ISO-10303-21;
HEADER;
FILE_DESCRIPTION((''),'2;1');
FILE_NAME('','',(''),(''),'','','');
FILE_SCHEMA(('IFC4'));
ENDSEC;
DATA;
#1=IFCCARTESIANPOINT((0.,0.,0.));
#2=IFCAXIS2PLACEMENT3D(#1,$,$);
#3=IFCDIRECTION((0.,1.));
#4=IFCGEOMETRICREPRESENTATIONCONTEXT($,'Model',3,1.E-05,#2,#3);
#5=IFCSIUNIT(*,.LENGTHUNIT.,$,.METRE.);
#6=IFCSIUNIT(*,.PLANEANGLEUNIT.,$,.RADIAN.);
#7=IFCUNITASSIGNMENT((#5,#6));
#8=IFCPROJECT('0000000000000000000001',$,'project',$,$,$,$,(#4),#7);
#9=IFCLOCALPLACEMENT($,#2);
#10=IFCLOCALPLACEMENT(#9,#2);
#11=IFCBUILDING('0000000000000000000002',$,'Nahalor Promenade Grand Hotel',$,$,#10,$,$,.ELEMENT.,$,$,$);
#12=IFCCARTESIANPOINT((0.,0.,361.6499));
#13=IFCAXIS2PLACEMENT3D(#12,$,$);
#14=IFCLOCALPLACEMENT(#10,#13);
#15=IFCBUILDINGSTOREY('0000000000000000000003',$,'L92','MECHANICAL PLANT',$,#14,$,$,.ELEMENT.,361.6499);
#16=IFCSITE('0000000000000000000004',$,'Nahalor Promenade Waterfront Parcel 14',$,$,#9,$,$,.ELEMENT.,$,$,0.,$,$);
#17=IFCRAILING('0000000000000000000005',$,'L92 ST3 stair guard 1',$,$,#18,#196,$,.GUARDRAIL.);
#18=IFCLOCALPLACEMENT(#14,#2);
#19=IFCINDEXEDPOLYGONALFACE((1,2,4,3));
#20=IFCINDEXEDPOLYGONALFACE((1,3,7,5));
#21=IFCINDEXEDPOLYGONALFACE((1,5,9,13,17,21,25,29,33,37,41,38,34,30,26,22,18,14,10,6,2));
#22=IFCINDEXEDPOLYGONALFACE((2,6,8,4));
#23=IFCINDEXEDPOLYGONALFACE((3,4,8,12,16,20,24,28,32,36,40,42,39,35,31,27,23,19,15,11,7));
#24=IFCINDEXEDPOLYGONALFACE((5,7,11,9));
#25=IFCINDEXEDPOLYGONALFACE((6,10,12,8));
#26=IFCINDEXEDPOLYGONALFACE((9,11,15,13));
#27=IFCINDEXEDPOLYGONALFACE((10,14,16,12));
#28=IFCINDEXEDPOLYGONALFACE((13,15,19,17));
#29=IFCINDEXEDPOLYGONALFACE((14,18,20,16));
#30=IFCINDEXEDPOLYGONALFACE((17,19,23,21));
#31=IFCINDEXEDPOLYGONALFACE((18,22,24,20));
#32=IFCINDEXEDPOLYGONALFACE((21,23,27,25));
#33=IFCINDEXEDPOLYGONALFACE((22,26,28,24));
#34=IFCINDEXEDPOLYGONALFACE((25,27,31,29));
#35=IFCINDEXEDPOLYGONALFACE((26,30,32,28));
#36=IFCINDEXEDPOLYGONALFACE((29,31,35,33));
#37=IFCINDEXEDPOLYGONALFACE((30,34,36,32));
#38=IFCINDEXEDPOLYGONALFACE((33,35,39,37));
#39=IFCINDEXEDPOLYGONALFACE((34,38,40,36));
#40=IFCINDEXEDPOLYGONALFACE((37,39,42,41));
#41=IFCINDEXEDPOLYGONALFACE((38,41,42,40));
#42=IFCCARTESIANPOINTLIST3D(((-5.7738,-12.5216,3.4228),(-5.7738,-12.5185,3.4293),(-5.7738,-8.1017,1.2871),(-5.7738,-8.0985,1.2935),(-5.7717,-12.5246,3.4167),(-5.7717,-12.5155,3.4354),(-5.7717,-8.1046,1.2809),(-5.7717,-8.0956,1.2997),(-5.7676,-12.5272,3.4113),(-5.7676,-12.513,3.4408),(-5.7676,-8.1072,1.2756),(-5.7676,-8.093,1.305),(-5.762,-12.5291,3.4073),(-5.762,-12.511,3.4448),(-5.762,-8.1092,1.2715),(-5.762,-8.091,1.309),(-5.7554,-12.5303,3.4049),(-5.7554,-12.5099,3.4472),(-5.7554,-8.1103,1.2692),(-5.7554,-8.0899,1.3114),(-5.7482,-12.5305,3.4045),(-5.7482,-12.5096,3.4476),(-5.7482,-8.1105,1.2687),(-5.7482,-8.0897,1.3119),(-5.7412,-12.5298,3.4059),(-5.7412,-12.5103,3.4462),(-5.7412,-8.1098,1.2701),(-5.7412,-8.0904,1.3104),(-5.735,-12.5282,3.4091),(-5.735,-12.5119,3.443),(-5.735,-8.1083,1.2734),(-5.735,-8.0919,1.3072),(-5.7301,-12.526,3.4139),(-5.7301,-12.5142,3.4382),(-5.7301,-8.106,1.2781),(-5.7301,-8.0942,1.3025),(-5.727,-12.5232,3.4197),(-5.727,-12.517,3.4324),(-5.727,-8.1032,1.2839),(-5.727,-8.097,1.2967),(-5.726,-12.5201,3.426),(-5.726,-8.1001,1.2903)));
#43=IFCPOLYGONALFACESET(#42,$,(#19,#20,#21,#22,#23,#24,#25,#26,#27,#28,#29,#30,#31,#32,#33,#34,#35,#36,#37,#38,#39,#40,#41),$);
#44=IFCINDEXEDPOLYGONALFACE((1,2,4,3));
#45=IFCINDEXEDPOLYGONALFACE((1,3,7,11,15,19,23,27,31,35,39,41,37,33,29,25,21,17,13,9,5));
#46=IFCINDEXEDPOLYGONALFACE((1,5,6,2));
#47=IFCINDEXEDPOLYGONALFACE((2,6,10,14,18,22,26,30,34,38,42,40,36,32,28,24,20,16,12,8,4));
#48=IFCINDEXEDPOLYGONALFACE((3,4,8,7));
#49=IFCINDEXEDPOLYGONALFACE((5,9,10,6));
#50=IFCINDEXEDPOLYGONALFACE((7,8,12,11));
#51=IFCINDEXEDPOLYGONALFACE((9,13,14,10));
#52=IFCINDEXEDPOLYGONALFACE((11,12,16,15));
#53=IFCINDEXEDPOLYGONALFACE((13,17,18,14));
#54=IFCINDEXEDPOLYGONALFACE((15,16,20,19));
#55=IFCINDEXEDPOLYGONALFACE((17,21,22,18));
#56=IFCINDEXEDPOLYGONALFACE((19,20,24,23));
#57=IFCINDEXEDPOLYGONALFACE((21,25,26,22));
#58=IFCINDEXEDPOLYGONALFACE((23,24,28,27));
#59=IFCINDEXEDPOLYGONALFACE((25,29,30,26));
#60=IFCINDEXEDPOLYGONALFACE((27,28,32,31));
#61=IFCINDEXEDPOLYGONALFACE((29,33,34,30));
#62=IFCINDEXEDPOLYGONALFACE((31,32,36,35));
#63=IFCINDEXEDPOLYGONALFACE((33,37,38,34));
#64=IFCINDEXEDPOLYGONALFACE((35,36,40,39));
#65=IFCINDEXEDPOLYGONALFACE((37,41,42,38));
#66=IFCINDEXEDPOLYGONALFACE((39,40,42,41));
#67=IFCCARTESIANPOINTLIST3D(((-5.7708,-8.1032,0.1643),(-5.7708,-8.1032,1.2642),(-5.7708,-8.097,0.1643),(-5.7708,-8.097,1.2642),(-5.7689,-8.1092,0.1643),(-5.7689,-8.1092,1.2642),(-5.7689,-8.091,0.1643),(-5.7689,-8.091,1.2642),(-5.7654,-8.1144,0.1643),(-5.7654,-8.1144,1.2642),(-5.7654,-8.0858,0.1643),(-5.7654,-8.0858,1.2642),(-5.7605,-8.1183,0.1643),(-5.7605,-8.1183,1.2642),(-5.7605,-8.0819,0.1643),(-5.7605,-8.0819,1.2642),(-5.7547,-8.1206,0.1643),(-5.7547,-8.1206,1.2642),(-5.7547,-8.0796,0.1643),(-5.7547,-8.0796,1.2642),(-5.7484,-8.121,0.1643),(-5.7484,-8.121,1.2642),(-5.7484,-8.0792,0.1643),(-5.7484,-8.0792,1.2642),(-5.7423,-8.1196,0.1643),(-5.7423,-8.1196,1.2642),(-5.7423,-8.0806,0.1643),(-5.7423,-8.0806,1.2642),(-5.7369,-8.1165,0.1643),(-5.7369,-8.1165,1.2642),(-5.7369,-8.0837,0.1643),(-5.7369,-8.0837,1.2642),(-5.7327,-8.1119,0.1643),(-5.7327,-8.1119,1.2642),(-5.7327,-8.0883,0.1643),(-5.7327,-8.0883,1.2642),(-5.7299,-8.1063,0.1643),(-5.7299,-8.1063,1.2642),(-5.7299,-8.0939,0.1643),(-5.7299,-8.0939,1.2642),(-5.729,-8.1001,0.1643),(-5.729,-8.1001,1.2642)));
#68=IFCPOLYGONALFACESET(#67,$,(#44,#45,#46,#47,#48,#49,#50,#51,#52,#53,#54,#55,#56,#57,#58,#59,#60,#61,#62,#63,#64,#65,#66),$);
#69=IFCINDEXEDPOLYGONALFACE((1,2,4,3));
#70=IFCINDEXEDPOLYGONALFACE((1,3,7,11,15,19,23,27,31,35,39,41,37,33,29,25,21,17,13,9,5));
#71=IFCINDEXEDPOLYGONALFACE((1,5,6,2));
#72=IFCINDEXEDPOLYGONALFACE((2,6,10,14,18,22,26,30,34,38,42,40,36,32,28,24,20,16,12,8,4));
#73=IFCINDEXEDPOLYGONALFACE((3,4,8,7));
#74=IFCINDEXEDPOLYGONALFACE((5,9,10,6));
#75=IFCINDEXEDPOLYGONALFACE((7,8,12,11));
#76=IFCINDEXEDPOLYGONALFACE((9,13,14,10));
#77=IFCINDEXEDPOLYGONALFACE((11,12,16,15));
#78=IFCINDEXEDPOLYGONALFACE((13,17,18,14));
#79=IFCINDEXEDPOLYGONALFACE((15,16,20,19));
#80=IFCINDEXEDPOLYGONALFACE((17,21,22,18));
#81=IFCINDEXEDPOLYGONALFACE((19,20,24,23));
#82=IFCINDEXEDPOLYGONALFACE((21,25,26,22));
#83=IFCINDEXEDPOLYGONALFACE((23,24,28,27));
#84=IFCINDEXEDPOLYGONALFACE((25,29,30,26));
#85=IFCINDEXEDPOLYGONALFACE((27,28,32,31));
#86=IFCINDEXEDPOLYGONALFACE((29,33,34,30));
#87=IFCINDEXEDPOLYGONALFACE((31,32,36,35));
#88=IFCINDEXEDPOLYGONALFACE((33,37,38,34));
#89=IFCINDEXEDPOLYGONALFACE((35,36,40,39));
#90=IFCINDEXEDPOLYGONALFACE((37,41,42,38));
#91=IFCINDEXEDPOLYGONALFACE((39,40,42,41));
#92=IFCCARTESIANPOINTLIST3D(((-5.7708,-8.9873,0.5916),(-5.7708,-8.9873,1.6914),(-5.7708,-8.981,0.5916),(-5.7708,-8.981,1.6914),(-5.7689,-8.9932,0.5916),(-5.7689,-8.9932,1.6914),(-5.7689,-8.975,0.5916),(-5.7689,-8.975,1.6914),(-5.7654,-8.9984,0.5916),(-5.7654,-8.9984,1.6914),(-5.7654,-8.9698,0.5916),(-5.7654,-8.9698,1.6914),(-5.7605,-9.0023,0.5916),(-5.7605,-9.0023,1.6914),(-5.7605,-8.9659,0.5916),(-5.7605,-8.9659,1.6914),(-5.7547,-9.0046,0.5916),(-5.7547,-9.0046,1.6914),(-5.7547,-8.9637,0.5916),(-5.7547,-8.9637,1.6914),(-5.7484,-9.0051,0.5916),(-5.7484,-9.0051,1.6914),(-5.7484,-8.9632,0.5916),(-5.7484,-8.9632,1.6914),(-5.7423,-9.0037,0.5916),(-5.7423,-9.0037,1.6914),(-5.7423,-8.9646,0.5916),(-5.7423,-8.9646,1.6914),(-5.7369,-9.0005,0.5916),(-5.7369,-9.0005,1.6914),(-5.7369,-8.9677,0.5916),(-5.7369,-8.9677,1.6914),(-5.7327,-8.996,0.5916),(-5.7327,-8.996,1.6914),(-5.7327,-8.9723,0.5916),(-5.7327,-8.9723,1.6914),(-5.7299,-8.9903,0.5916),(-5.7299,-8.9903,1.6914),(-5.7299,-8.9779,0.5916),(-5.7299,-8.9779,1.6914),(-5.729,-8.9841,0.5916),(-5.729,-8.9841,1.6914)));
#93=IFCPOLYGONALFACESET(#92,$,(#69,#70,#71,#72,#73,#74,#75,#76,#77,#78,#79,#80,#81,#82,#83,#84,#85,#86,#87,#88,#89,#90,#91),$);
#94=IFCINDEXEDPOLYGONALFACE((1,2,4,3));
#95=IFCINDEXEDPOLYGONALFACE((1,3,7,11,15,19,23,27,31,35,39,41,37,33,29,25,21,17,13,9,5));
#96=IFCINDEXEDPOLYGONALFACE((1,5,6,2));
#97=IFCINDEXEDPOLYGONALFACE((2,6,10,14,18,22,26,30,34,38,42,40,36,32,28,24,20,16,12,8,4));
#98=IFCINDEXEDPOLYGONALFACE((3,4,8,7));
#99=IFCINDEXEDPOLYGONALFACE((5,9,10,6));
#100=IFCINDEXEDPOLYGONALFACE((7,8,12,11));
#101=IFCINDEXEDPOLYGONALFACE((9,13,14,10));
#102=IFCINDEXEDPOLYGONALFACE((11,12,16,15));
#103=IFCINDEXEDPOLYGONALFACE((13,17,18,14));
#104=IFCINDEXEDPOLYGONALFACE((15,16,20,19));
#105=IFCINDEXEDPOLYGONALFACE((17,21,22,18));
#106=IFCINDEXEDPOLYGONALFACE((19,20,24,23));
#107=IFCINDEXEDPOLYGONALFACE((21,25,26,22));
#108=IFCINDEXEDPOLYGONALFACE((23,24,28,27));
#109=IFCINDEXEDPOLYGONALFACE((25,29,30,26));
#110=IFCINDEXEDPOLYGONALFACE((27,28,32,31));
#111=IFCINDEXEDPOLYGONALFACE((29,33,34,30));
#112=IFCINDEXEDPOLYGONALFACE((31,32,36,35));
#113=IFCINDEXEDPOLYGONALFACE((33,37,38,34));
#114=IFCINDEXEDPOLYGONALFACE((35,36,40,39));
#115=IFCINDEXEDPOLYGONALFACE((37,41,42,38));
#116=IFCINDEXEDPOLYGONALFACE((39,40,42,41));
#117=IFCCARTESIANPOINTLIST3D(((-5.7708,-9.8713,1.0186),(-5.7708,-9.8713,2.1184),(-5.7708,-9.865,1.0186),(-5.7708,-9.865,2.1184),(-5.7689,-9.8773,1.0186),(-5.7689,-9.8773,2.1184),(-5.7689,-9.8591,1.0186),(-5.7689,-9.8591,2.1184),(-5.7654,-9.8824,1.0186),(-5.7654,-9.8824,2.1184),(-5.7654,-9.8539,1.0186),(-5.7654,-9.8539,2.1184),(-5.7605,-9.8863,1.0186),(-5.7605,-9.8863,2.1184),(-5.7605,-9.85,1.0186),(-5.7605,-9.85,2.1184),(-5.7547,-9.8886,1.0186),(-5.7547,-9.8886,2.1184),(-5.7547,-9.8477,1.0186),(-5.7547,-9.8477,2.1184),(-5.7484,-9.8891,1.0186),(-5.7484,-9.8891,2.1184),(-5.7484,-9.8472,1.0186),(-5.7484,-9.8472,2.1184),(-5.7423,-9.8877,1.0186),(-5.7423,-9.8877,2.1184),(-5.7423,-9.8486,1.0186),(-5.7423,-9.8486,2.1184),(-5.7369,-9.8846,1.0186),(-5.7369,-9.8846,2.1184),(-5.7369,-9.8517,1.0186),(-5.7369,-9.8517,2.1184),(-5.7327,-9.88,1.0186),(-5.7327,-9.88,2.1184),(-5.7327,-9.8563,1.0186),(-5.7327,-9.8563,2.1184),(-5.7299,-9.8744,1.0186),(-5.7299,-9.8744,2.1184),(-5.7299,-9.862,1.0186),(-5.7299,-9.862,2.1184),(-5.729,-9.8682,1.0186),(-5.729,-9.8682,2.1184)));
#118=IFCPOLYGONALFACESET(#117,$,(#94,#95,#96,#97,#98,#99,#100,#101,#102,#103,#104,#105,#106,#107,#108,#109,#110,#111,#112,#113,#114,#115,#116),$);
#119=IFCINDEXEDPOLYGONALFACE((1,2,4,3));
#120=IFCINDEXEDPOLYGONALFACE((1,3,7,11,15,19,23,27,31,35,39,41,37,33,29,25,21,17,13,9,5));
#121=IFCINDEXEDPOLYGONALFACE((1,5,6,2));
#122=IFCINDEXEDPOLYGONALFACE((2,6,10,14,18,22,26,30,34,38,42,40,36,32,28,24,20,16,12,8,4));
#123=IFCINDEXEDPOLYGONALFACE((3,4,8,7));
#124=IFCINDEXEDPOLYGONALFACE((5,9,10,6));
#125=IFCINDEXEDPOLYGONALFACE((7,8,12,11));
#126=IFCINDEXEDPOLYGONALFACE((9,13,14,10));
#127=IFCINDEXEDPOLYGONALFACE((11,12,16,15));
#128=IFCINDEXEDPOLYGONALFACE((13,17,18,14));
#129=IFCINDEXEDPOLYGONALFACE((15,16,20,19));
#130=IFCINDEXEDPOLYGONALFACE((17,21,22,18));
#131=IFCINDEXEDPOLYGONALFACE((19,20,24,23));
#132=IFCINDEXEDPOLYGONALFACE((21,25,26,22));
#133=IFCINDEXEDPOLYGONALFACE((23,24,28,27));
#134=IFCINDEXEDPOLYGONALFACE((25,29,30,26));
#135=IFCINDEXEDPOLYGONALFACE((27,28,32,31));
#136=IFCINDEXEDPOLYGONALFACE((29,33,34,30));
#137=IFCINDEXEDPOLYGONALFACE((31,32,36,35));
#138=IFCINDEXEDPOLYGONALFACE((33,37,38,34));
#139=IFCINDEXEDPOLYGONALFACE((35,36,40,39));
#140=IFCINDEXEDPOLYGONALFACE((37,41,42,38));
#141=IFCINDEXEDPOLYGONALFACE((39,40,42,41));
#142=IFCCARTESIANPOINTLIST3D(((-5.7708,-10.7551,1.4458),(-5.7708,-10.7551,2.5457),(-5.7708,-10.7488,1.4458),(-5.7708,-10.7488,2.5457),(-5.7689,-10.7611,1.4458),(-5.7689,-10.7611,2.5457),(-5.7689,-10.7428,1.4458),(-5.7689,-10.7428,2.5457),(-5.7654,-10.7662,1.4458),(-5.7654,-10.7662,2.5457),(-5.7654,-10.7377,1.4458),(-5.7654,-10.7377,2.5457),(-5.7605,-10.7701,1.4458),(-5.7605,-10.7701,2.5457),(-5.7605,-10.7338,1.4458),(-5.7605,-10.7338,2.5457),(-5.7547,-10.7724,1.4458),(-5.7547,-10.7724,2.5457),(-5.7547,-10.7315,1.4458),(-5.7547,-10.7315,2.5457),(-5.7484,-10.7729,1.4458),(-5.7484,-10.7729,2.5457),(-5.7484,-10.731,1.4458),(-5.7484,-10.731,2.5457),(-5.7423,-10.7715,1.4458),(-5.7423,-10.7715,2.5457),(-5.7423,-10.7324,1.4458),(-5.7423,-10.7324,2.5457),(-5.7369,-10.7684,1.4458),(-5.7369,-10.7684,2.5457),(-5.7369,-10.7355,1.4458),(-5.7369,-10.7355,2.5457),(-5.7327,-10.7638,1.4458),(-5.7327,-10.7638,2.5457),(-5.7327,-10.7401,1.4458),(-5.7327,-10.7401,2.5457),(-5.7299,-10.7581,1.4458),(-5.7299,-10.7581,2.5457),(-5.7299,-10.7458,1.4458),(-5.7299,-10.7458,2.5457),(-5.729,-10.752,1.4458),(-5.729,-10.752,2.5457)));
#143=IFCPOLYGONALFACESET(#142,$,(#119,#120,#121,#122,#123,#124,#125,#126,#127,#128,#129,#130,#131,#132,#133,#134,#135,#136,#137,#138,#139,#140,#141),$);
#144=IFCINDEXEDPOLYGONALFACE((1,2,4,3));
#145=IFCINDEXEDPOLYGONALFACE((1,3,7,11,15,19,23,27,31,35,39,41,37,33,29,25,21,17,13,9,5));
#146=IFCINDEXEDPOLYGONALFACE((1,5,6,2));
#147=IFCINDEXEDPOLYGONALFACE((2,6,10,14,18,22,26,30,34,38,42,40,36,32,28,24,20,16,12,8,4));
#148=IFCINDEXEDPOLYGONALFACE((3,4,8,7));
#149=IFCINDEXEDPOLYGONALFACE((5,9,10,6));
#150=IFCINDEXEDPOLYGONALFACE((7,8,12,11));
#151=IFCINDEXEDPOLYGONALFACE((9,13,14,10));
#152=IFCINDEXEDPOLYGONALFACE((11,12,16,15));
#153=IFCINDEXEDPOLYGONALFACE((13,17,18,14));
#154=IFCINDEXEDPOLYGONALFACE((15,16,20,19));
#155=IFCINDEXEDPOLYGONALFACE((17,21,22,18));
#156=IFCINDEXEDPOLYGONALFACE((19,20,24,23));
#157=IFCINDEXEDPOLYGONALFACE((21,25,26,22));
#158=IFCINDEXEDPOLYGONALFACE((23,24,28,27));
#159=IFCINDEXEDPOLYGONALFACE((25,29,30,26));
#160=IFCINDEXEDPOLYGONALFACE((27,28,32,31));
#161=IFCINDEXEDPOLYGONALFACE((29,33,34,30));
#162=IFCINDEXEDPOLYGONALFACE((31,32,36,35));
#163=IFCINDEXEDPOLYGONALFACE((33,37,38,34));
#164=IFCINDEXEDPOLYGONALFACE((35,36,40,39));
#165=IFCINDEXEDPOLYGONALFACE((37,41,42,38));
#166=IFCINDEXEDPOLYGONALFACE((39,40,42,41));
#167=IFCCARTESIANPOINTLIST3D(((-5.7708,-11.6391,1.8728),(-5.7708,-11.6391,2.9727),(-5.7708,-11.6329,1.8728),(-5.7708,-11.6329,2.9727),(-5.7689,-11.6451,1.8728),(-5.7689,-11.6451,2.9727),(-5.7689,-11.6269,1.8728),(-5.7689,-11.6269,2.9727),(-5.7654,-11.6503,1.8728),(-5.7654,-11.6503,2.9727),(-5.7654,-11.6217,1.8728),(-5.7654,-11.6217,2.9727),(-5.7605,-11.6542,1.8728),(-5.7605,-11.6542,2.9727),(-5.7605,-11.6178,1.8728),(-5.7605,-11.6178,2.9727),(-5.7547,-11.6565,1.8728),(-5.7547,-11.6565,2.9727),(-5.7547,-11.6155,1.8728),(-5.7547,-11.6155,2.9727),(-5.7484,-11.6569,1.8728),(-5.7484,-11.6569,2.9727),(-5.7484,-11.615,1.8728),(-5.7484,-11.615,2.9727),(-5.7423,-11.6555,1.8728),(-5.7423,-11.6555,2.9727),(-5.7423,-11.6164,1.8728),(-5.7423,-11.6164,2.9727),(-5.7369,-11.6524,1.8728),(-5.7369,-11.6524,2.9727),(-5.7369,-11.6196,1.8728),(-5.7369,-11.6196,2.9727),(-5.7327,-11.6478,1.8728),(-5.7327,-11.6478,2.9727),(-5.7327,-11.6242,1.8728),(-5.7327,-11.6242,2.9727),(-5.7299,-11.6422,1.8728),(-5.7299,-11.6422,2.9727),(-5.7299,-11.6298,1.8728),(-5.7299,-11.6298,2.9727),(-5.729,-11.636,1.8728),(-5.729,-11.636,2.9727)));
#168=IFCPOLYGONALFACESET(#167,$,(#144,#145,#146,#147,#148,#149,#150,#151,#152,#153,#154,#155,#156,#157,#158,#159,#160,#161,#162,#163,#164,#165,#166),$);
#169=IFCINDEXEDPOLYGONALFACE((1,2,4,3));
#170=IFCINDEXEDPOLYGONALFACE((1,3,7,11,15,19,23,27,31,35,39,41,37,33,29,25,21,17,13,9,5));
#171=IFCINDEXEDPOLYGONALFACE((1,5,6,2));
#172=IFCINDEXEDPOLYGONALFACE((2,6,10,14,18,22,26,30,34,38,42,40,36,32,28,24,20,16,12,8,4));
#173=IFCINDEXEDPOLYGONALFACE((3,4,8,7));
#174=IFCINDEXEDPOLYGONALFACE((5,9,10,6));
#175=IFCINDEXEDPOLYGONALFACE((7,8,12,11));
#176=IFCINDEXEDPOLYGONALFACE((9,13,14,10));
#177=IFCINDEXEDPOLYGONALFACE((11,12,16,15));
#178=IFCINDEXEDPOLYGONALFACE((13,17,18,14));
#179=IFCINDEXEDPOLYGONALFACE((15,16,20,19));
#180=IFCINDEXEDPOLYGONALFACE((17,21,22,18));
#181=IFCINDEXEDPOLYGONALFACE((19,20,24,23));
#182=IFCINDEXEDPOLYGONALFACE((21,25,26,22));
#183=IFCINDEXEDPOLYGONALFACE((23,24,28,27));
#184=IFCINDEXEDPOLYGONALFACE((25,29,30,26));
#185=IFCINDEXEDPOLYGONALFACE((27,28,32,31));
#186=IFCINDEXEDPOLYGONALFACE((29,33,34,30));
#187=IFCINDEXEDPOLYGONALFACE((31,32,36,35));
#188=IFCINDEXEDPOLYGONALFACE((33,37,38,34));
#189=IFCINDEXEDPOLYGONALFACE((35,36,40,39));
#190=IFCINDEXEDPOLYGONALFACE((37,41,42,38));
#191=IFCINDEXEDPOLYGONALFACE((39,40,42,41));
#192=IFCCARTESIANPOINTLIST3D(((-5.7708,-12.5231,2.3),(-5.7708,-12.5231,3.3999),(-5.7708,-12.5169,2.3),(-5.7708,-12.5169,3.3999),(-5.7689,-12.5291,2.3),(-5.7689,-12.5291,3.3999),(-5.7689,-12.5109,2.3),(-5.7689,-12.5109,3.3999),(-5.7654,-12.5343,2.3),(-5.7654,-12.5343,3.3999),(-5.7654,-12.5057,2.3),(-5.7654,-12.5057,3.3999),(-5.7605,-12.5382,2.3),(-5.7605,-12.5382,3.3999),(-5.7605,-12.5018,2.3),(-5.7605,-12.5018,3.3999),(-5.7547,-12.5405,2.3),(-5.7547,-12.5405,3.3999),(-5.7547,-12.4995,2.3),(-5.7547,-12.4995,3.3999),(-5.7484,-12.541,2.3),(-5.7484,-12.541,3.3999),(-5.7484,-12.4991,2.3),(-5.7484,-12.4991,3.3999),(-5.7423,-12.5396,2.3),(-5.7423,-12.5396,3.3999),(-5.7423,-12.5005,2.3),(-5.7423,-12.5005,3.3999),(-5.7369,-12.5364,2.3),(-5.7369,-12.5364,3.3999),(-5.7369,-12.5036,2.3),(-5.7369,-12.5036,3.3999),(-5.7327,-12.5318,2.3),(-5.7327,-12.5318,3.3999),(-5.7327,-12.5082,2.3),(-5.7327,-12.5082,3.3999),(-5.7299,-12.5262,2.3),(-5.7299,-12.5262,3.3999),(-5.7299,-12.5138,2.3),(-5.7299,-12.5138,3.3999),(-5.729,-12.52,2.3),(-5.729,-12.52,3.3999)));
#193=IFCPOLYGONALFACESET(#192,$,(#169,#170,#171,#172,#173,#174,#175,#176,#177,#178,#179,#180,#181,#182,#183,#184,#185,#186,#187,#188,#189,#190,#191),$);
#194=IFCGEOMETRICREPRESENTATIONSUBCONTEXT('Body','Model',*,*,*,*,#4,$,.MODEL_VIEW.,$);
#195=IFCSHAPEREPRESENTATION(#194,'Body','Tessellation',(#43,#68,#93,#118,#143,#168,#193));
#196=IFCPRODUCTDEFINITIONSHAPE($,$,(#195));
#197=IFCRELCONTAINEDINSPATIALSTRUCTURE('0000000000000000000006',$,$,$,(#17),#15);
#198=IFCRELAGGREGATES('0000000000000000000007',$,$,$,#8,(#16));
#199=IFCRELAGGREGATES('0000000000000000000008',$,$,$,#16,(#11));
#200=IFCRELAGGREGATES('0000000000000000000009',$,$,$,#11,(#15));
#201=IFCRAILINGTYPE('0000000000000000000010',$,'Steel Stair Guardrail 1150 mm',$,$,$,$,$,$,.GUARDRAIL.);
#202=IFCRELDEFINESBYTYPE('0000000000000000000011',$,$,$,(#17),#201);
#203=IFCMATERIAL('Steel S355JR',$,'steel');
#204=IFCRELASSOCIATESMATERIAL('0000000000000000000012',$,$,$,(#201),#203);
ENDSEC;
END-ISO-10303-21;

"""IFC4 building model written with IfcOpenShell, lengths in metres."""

from ifc_helpers import new_model, si_unit, direction, frame, origin, origin_2d, place, context, subcontext, project, spatial, circle, extrude, material, type_object, element, save


model = new_model("IFC4")

# Units and contexts
model_context = context("Model", 3, precision=1e-05, world=origin(), true_north=direction((0.0, 1.0)))
body_context = subcontext(model_context, "Body", "Model", "MODEL_VIEW")
ifc_project = project(units=[si_unit("LENGTHUNIT", "METRE"), si_unit("PLANEANGLEUNIT", "RADIAN")], contexts=[model_context])

# Site, building, storey
site_placement = place(None, origin())
site = spatial("IfcSite", under=ifc_project, at=site_placement, Name="Nahalor Promenade Waterfront Parcel 14", CompositionType="ELEMENT", RefElevation=0.0)
building_placement = place(site_placement, origin())
building = spatial("IfcBuilding", under=site, at=building_placement, Name="Nahalor Promenade Grand Hotel", CompositionType="ELEMENT")
storey_placement = place(building_placement, frame((0.0, 0.0, 361.6499)))
storey = spatial("IfcBuildingStorey", under=building, at=storey_placement, Name="L92", Description="MECHANICAL PLANT", CompositionType="ELEMENT", Elevation=361.6499)

# Shared definitions
ifc_material_1 = material(Name="Steel S355JR", Category="steel")

# Railing
railing_type_1 = type_object("IfcRailingType", Name="Steel Stair Guardrail 1150 mm", PredefinedType="GUARDRAIL", material=ifc_material_1)
railing_1_placement = place(storey_placement, frame((-5.75, -8.1001, 0.1643)))
element("IfcRailing", 1, at=railing_1_placement, inside=storey, type_object=railing_type_1, Name="L92 ST3 stair guard 1", PredefinedType="GUARDRAIL", context=body_context, shape_type="SweptSolid", body=[
    extrude(circle(Radius=0.024, at=origin_2d()), frame((0.0, 0.0, 1.126), z_axis=(0.0, -0.900393, 0.435077), x_axis=(1.0, 0.0, 0.0)), (0.0, 0.0, 1.0), 4.9089),
    extrude(circle(Radius=0.021, at=origin_2d()), origin(), (0.0, 0.0, 1.0), 1.0999),
    extrude(circle(Radius=0.021, at=origin_2d()), frame((0.0, -0.884, 0.4272)), (0.0, 0.0, 1.0), 1.0999),
    extrude(circle(Radius=0.021, at=origin_2d()), frame((0.0, -1.7681, 0.8542)), (0.0, 0.0, 1.0), 1.0999),
    extrude(circle(Radius=0.021, at=origin_2d()), frame((0.0, -2.6519, 1.2815)), (0.0, 0.0, 1.0), 1.0999),
    extrude(circle(Radius=0.021, at=origin_2d()), frame((0.0, -3.5359, 1.7085)), (0.0, 0.0, 1.0), 1.0999),
    extrude(circle(Radius=0.021, at=origin_2d()), frame((0.0, -4.4199, 2.1357)), (0.0, 0.0, 1.0), 1.0999),
])

save(model, "model.ifc")
